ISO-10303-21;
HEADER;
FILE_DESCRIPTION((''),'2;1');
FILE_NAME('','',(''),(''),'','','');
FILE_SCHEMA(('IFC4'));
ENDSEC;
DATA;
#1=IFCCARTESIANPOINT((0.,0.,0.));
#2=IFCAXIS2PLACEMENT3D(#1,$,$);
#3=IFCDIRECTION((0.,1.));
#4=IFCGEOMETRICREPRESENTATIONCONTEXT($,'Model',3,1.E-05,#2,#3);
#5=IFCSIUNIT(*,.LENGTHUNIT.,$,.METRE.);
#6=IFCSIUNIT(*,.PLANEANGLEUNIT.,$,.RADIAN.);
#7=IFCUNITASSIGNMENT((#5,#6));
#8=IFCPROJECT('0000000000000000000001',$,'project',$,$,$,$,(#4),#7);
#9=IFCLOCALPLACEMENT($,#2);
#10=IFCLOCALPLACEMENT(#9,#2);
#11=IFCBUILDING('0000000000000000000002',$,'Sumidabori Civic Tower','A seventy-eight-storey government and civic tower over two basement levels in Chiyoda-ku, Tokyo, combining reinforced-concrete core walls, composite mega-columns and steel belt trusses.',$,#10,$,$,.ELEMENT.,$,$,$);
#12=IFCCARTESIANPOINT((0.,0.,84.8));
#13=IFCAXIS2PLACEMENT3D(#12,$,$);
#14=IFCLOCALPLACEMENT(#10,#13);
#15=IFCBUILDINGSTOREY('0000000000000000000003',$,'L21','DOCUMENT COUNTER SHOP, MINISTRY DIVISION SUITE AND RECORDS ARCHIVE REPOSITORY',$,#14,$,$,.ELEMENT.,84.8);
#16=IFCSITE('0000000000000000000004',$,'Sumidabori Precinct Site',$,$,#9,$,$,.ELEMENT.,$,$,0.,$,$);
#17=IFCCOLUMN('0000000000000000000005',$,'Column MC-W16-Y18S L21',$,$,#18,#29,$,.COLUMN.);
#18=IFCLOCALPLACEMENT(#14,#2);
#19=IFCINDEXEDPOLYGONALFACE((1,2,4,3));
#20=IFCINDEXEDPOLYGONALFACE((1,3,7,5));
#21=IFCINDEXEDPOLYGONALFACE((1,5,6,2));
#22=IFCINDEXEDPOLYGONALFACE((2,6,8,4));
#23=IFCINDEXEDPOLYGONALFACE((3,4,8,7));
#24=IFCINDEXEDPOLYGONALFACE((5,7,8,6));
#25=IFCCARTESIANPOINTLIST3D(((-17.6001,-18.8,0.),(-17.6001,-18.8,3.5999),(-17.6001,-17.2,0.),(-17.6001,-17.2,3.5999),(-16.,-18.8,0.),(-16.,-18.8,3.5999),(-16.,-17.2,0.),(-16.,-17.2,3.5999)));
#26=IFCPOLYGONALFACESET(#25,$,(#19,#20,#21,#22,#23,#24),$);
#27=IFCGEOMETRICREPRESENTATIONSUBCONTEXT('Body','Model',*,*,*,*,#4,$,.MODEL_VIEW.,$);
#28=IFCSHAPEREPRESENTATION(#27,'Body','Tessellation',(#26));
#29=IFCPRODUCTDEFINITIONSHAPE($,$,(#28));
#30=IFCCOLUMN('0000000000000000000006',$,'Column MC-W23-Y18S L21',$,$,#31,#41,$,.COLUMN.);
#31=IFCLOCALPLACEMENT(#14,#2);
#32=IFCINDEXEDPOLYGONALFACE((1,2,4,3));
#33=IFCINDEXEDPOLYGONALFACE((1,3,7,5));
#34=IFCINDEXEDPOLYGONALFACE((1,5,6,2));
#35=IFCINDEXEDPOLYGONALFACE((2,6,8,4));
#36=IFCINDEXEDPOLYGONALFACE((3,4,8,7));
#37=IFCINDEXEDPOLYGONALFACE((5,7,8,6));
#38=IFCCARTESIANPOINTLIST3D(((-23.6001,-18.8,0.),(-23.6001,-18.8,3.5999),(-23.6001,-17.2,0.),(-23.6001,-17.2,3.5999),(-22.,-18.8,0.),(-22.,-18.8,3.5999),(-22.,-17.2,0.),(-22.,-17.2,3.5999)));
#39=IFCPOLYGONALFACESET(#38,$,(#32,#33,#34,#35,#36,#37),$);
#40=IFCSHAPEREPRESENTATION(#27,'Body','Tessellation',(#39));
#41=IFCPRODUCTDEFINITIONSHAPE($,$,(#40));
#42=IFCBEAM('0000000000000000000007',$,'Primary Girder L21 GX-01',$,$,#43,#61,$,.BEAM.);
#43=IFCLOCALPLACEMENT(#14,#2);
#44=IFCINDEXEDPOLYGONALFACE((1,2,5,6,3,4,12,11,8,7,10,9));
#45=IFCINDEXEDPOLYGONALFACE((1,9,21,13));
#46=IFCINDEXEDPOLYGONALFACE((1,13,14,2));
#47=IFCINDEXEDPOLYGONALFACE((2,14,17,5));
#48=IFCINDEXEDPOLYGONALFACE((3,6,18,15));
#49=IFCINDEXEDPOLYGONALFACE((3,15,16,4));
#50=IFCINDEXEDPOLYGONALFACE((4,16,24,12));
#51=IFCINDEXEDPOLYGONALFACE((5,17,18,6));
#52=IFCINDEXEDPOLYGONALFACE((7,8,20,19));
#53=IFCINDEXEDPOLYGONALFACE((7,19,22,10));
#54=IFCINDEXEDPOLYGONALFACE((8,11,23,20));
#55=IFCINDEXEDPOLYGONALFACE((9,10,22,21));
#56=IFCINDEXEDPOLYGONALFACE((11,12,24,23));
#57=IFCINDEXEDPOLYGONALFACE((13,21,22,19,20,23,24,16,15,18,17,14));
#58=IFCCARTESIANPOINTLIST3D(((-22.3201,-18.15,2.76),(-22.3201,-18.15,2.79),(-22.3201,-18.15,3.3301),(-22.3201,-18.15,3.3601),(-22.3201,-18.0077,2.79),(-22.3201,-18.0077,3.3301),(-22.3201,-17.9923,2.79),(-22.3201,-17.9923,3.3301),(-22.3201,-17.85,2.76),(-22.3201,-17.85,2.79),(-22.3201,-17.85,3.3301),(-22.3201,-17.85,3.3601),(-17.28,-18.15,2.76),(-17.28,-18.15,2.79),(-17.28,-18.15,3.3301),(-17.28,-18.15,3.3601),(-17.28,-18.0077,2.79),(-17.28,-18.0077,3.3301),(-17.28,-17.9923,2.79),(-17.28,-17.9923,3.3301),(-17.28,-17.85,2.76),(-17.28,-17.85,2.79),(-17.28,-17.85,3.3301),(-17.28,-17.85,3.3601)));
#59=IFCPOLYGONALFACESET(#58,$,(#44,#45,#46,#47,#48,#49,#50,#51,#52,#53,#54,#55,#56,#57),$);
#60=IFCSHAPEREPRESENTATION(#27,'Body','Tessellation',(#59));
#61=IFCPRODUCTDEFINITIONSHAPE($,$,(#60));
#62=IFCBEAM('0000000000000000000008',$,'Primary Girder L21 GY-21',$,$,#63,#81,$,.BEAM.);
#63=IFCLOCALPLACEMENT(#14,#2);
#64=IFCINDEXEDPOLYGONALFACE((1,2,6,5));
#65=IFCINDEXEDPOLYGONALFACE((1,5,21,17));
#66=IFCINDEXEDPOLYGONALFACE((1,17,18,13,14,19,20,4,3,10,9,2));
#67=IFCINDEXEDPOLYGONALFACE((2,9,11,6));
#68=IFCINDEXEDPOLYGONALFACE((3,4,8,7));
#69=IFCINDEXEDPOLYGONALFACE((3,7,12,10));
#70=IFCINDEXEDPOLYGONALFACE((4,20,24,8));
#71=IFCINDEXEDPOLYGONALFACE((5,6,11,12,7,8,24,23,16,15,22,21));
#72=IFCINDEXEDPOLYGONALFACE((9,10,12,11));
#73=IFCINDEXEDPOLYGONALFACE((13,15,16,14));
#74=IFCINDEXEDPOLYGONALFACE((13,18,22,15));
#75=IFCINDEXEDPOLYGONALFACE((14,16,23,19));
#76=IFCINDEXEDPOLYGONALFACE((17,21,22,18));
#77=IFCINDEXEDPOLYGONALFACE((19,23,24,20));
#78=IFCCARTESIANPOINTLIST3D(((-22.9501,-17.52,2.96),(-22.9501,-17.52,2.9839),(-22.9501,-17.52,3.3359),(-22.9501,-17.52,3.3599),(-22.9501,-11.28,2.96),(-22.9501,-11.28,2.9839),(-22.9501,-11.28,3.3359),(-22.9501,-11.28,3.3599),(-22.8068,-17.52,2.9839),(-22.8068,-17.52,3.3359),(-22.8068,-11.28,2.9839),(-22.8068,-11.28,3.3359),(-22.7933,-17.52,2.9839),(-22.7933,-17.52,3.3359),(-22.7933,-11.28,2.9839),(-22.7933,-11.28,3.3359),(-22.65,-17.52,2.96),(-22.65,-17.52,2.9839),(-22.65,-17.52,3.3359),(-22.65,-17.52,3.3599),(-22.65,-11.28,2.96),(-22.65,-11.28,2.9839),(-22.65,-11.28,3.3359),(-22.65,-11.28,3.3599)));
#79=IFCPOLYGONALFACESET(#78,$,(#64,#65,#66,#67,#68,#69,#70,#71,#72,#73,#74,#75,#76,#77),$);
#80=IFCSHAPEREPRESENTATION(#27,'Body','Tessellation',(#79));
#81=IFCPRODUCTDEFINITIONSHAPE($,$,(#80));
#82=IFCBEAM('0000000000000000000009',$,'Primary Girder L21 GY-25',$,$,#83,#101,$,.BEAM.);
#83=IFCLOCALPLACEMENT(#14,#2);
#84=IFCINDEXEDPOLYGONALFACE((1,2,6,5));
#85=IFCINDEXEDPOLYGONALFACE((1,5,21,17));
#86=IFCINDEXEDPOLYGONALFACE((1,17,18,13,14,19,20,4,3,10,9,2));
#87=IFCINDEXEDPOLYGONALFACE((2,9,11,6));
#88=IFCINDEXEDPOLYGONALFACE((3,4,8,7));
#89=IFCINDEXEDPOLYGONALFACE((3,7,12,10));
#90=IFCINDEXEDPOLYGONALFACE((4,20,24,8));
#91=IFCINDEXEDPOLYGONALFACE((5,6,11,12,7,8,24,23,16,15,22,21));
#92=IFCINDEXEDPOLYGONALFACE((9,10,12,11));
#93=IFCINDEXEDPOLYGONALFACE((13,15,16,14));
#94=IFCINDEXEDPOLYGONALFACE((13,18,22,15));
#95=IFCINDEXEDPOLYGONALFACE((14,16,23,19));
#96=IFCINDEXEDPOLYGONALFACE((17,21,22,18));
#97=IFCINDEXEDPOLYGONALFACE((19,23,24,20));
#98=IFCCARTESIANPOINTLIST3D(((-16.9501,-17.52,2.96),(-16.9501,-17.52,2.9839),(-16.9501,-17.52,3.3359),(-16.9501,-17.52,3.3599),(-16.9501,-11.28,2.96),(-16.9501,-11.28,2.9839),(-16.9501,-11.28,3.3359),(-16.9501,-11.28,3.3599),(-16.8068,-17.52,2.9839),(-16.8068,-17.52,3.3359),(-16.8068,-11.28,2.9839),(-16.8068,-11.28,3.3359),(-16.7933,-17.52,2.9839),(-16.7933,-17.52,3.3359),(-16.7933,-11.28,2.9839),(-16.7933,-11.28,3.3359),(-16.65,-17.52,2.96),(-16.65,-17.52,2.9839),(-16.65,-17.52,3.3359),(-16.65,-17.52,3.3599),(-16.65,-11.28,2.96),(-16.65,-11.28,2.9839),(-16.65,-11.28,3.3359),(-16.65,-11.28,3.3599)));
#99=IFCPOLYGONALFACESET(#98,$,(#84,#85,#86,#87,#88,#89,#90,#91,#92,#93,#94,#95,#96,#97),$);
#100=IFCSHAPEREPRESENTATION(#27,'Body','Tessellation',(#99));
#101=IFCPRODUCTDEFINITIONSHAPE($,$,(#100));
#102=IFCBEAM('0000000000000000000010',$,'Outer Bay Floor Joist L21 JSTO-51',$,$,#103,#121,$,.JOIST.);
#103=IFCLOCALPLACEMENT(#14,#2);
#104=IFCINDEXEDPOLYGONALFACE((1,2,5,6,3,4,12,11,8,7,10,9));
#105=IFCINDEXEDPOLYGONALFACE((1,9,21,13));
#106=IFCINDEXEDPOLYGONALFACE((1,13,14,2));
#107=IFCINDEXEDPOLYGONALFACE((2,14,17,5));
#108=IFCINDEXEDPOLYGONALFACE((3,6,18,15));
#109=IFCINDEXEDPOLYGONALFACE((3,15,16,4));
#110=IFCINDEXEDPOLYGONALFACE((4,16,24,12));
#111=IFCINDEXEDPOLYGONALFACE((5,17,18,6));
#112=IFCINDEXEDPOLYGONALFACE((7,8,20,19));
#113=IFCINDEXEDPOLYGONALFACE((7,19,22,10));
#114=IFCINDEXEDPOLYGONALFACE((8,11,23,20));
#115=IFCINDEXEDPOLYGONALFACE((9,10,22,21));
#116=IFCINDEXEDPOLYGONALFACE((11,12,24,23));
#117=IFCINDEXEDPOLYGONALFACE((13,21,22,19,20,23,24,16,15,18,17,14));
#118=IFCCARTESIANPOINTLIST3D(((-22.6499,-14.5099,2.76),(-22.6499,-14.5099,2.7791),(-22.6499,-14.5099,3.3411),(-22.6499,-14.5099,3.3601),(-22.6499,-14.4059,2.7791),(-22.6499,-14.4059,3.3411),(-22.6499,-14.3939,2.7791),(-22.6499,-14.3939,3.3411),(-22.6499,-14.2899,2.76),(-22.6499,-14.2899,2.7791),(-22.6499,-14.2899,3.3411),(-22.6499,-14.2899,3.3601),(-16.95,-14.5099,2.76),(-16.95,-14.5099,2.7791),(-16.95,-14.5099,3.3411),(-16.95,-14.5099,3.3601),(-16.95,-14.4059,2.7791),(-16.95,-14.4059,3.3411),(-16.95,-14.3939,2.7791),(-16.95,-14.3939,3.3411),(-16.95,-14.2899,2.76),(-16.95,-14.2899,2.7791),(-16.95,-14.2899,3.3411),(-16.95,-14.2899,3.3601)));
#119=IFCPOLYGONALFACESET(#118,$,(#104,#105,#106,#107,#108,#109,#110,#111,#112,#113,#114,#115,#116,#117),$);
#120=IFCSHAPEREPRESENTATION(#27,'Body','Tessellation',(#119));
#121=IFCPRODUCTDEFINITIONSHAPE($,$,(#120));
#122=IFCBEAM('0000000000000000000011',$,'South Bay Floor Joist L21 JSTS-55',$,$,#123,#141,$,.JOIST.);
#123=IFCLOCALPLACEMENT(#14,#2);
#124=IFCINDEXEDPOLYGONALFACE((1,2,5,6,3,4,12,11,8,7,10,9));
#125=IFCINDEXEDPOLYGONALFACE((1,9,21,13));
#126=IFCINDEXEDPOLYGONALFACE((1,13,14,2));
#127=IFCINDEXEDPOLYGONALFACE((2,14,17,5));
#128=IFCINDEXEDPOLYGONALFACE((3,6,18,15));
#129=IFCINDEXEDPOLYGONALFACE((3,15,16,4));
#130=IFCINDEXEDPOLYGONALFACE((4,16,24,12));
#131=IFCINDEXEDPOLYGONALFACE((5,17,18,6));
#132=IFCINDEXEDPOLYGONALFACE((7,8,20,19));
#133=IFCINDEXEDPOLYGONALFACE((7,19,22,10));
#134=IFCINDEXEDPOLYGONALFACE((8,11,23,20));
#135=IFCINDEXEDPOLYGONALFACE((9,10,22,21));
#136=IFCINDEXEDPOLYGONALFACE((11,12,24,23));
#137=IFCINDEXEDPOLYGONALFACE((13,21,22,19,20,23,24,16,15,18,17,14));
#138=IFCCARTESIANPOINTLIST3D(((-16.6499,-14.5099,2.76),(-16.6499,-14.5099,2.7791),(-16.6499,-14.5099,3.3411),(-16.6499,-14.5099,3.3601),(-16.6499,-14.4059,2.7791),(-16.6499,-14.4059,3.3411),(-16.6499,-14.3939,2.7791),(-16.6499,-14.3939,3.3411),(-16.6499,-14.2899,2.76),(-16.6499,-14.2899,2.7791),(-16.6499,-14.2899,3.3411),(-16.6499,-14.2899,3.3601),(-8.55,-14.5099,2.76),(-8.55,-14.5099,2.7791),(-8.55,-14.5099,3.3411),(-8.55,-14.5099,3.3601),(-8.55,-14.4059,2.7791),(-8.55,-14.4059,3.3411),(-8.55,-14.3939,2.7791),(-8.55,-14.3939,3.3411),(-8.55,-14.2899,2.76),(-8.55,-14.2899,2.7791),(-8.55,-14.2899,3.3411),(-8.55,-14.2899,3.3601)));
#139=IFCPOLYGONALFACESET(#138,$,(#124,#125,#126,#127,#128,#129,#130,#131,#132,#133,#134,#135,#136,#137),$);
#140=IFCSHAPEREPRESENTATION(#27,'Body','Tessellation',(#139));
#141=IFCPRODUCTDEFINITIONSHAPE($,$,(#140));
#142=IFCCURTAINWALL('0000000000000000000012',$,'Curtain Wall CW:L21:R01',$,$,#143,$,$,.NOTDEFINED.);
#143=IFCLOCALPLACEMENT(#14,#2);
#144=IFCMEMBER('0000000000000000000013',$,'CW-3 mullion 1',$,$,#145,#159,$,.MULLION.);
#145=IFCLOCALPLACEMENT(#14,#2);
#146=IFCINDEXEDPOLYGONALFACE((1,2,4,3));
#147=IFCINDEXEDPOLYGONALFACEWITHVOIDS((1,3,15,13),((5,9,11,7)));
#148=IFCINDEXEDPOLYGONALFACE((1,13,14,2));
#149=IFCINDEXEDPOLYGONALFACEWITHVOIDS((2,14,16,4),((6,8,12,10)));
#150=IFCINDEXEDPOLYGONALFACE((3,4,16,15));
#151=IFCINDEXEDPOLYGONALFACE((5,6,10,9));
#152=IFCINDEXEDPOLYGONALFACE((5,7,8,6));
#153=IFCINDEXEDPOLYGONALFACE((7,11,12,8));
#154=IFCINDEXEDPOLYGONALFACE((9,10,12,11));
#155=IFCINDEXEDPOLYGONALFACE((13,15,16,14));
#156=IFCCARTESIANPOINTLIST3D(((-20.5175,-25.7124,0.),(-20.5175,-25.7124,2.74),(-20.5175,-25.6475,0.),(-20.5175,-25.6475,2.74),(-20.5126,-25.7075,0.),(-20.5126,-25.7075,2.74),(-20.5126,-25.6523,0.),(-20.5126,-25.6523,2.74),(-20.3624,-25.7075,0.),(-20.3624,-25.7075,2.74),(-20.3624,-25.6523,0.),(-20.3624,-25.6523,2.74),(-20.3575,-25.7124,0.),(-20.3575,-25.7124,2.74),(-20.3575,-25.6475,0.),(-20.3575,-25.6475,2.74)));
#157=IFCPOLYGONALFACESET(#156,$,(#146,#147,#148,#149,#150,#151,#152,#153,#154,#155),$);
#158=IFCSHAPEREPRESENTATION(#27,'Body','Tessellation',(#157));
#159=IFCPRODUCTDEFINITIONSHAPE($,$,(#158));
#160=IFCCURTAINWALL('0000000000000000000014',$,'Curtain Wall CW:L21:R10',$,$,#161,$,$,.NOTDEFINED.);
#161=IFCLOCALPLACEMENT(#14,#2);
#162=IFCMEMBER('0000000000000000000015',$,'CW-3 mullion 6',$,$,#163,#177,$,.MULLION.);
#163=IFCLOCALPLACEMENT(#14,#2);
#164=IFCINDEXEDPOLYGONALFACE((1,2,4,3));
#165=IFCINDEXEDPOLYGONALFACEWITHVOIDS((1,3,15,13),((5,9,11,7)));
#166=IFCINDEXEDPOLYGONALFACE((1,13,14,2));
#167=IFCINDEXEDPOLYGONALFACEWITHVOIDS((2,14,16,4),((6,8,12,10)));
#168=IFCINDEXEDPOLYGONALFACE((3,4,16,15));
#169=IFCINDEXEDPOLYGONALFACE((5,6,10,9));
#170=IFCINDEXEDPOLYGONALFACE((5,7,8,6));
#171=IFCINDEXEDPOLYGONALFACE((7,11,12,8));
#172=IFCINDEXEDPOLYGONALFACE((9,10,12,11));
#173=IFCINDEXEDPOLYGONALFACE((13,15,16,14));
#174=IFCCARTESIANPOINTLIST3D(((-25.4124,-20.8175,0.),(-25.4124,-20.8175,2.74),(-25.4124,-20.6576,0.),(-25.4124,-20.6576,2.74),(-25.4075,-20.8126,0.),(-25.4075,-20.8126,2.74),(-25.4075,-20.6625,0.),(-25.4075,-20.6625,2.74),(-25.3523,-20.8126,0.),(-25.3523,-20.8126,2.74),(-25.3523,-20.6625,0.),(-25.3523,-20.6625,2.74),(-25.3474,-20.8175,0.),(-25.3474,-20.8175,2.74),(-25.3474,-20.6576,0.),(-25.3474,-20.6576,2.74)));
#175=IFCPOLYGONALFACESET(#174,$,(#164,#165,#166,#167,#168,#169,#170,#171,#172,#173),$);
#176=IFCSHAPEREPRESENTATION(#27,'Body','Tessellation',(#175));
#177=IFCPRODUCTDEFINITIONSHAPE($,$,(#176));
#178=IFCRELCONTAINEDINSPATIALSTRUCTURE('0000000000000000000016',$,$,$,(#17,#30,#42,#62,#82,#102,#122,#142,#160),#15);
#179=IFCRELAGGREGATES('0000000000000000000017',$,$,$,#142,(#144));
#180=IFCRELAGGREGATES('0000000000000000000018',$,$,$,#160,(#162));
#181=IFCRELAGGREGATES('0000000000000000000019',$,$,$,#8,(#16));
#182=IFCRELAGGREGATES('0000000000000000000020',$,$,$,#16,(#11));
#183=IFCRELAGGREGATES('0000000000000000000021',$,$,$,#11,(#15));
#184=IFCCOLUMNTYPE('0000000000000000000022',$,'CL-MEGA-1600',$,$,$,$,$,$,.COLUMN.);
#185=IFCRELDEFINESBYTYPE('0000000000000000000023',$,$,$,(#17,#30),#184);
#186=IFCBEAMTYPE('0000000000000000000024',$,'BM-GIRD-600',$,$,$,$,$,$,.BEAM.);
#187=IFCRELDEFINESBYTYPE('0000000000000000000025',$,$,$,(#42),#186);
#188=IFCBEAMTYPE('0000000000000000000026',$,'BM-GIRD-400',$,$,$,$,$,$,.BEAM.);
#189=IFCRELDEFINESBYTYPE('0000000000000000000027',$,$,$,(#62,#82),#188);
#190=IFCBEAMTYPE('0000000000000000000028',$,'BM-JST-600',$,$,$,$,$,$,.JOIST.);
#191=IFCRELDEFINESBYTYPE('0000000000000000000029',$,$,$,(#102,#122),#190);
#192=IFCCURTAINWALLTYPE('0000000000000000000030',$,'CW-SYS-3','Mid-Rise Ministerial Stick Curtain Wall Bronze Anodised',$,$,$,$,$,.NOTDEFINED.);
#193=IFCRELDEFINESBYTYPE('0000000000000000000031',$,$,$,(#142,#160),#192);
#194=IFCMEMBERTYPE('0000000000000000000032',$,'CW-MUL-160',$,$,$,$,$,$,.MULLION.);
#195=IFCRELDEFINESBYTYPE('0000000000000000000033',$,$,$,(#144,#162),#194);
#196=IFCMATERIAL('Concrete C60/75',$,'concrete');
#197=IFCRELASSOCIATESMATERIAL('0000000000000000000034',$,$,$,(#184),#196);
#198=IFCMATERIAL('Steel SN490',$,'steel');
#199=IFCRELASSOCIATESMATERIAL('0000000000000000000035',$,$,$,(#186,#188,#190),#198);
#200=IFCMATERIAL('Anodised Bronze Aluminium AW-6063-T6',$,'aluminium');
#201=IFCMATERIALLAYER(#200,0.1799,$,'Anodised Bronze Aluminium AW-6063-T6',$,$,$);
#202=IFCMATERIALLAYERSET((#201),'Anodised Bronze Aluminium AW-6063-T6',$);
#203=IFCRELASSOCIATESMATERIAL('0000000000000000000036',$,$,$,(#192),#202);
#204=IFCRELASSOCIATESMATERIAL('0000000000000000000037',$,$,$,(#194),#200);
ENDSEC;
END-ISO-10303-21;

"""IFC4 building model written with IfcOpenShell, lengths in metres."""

from ifc_helpers import new_model, si_unit, direction, frame, origin, origin_2d, place, context, subcontext, project, spatial, rectangle, hollow_rectangle, i_section, extrude, source, transform, mapped, material, layer, layer_set, material_profile, profile_set, type_object, element, aggregate, save


model = new_model("IFC4")

# Units and contexts
model_context = context("Model", 3, precision=1e-05, world=origin(), true_north=direction((0.0, 1.0)))
body_context = subcontext(model_context, "Body", "Model", "MODEL_VIEW")
ifc_project = project(units=[si_unit("LENGTHUNIT", "METRE"), si_unit("PLANEANGLEUNIT", "RADIAN")], contexts=[model_context])

# Site, building, storey
site_placement = place(None, origin())
site = spatial("IfcSite", under=ifc_project, at=site_placement, Name="Sumidabori Precinct Site", CompositionType="ELEMENT", RefElevation=0.0)
building_placement = place(site_placement, origin())
building = spatial("IfcBuilding", under=site, at=building_placement, Name="Sumidabori Civic Tower", Description="A seventy-eight-storey government and civic tower over two basement levels in Chiyoda-ku, Tokyo, combining reinforced-concrete core walls, composite mega-columns and steel belt trusses.", CompositionType="ELEMENT")
storey_placement = place(building_placement, frame((0.0, 0.0, 84.8)))
storey = spatial("IfcBuildingStorey", under=building, at=storey_placement, Name="L21", Description="DOCUMENT COUNTER SHOP, MINISTRY DIVISION SUITE AND RECORDS ARCHIVE REPOSITORY", CompositionType="ELEMENT", Elevation=84.8)

# Columns
ifc_material_1 = material(Name="Concrete C60/75", Category="concrete")
ifc_material_profile_1 = material_profile(ifc_material_1, rectangle(XDim=1.6001, YDim=1.6001, at=origin_2d()), Name="RC 1600x1600")
ifc_profile_set_1 = profile_set([ifc_material_profile_1], Name="Concrete C60/75")
column_type = type_object("IfcColumnType", Name="CL-MEGA-1600", PredefinedType="COLUMN", material=ifc_profile_set_1)
shared_shape_1 = source(origin(), body_context, "Body", "SweptSolid", [
    extrude(rectangle(XDim=1.6001, YDim=1.6001, at=origin_2d()), origin(), (0.0, 0.0, 1.0), 3.5999),
])
for number, where, z_axis, x_axis, name in (
    (1, (-16.8, -18.0, 0.0), (0.0, 0.0, 1.0), (1.0, 0.0, 0.0), "Column MC-W16-Y18S L21"),
    (2, (-22.8, -18.0, 0.0), (0.0, 0.0, 1.0), (1.0, 0.0, 0.0), "Column MC-W23-Y18S L21"),
):
    element("IfcColumn", number, at=place(storey_placement, frame(where, z_axis=z_axis, x_axis=x_axis)), inside=storey, type_object=column_type, Name=name, PredefinedType="COLUMN", context=body_context, shape_type="MappedRepresentation", body=[
        mapped(shared_shape_1, transform((0.0, 0.0, 0.0), x_axis=(1.0, 0.0, 0.0), y_axis=(0.0, 1.0, 0.0), z_axis=(0.0, 0.0, 1.0), scale=1.0)),
    ])

# Beams
ifc_material_2 = material(Name="Steel SN490", Category="steel")
ifc_material_profile_2 = material_profile(ifc_material_2, i_section(OverallWidth=0.3, OverallDepth=0.6001, WebThickness=0.0154, FlangeThickness=0.03, at=origin_2d()), Name="HE 600 B")
ifc_profile_set_2 = profile_set([ifc_material_profile_2], Name="Steel SN490")
beam_type_1 = type_object("IfcBeamType", Name="BM-GIRD-600", PredefinedType="BEAM", material=ifc_profile_set_2)
shared_shape_2 = source(origin(), body_context, "Body", "SweptSolid", [
    extrude(i_section(OverallWidth=0.3, OverallDepth=0.6001, WebThickness=0.0154, FlangeThickness=0.03, at=origin_2d()), origin(), (0.0, 0.0, 1.0), 5.04),
])
beam_1_placement = place(storey_placement, frame((-22.3201, -18.0, 3.0601), z_axis=(1.0, 0.0, 0.0), x_axis=(0.0, 1.0, 0.0)))
element("IfcBeam", 3, at=beam_1_placement, inside=storey, type_object=beam_type_1, Name="Primary Girder L21 GX-01", PredefinedType="BEAM", context=body_context, shape_type="MappedRepresentation", body=[
    mapped(shared_shape_2, transform((0.0, 0.0, 0.0), x_axis=(1.0, 0.0, 0.0), y_axis=(0.0, 1.0, 0.0), z_axis=(0.0, 0.0, 1.0), scale=1.0)),
])
ifc_material_profile_3 = material_profile(ifc_material_2, i_section(OverallWidth=0.3, OverallDepth=0.3999, WebThickness=0.0134, FlangeThickness=0.0239, at=origin_2d()), Name="HE 400 B")
ifc_profile_set_3 = profile_set([ifc_material_profile_3], Name="Steel SN490")
beam_type_2 = type_object("IfcBeamType", Name="BM-GIRD-400", PredefinedType="BEAM", material=ifc_profile_set_3)
shared_shape_3 = source(origin(), body_context, "Body", "SweptSolid", [
    extrude(i_section(OverallWidth=0.3, OverallDepth=0.3999, WebThickness=0.0134, FlangeThickness=0.0239, at=origin_2d()), origin(), (0.0, 0.0, 1.0), 6.24),
])
for number, where, z_axis, x_axis, name in (
    (4, (-22.8, -17.52, 3.1599), (0.0, 1.0, 0.0), (-1.0, 0.0, 0.0), "Primary Girder L21 GY-21"),
    (5, (-16.8, -17.52, 3.1599), (0.0, 1.0, 0.0), (-1.0, 0.0, 0.0), "Primary Girder L21 GY-25"),
):
    element("IfcBeam", number, at=place(storey_placement, frame(where, z_axis=z_axis, x_axis=x_axis)), inside=storey, type_object=beam_type_2, Name=name, PredefinedType="BEAM", context=body_context, shape_type="MappedRepresentation", body=[
        mapped(shared_shape_3, transform((0.0, 0.0, 0.0), x_axis=(1.0, 0.0, 0.0), y_axis=(0.0, 1.0, 0.0), z_axis=(0.0, 0.0, 1.0), scale=1.0)),
    ])
ifc_material_profile_4 = material_profile(ifc_material_2, i_section(OverallWidth=0.22, OverallDepth=0.6001, WebThickness=0.012, FlangeThickness=0.019, at=origin_2d()), Name="IPE 600")
ifc_profile_set_4 = profile_set([ifc_material_profile_4], Name="Steel SN490")
beam_type_3 = type_object("IfcBeamType", Name="BM-JST-600", PredefinedType="JOIST", material=ifc_profile_set_4)
shared_shape_4 = source(origin(), body_context, "Body", "SweptSolid", [
    extrude(i_section(OverallWidth=0.22, OverallDepth=0.6001, WebThickness=0.012, FlangeThickness=0.019, at=origin_2d()), origin(), (0.0, 0.0, 1.0), 5.7),
])
beam_2_placement = place(storey_placement, frame((-22.6499, -14.3999, 3.0601), z_axis=(1.0, 0.0, 0.0), x_axis=(0.0, 1.0, 0.0)))
element("IfcBeam", 6, at=beam_2_placement, inside=storey, type_object=beam_type_3, Name="Outer Bay Floor Joist L21 JSTO-51", PredefinedType="JOIST", context=body_context, shape_type="MappedRepresentation", body=[
    mapped(shared_shape_4, transform((0.0, 0.0, 0.0), x_axis=(1.0, 0.0, 0.0), y_axis=(0.0, 1.0, 0.0), z_axis=(0.0, 0.0, 1.0), scale=1.0)),
])
shared_shape_5 = source(origin(), body_context, "Body", "SweptSolid", [
    extrude(i_section(OverallWidth=0.22, OverallDepth=0.6001, WebThickness=0.012, FlangeThickness=0.019, at=origin_2d()), origin(), (0.0, 0.0, 1.0), 8.0999),
])
beam_3_placement = place(storey_placement, frame((-16.6499, -14.3999, 3.0601), z_axis=(1.0, 0.0, 0.0), x_axis=(0.0, 1.0, 0.0)))
element("IfcBeam", 7, at=beam_3_placement, inside=storey, type_object=beam_type_3, Name="South Bay Floor Joist L21 JSTS-55", PredefinedType="JOIST", context=body_context, shape_type="MappedRepresentation", body=[
    mapped(shared_shape_5, transform((0.0, 0.0, 0.0), x_axis=(1.0, 0.0, 0.0), y_axis=(0.0, 1.0, 0.0), z_axis=(0.0, 0.0, 1.0), scale=1.0)),
])

# Curtain walls, members
ifc_material_3 = material(Name="Anodised Bronze Aluminium AW-6063-T6", Category="aluminium")
ifc_layer_1 = layer(ifc_material_3, 0.1799, Name="Anodised Bronze Aluminium AW-6063-T6")
ifc_layer_set_1 = layer_set([ifc_layer_1], Name="Anodised Bronze Aluminium AW-6063-T6")
curtain_wall_type = type_object("IfcCurtainWallType", Name="CW-SYS-3", Description="Mid-Rise Ministerial Stick Curtain Wall Bronze Anodised", PredefinedType="NOTDEFINED", material=ifc_layer_set_1)
curtain_wall_1_placement = place(storey_placement, origin())
curtain_wall_1 = element("IfcCurtainWall", 8, at=curtain_wall_1_placement, inside=storey, type_object=curtain_wall_type, Name="Curtain Wall CW:L21:R01", PredefinedType="NOTDEFINED")
ifc_material_profile_5 = material_profile(ifc_material_3, hollow_rectangle(XDim=0.0649, YDim=0.1599, WallThickness=0.0049, at=origin_2d()), Name="ALU MULLION 160x65")
ifc_profile_set_5 = profile_set([ifc_material_profile_5], Name="Anodised Bronze Aluminium AW-6063-T6")
member_type_1 = type_object("IfcMemberType", Name="CW-MUL-160", PredefinedType="MULLION", material=ifc_profile_set_5)
shared_shape_6 = source(origin(), body_context, "Body", "SweptSolid", [
    extrude(hollow_rectangle(XDim=0.0649, YDim=0.1599, WallThickness=0.0049, at=origin_2d()), origin(), (0.0, 0.0, 1.0), 2.74),
])
member_1_placement = place(storey_placement, frame((-20.4375, -25.6799, 0.0), z_axis=(0.0, 0.0, 1.0), x_axis=(0.0, 1.0, 0.0)))
member_1 = element("IfcMember", 9, at=member_1_placement, type_object=member_type_1, Name="CW-3 mullion 1", PredefinedType="MULLION", context=body_context, shape_type="MappedRepresentation", body=[
    mapped(shared_shape_6, transform((0.0, 0.0, 0.0), x_axis=(1.0, 0.0, 0.0), y_axis=(0.0, 1.0, 0.0), z_axis=(0.0, 0.0, 1.0), scale=1.0)),
])
curtain_wall_2_placement = place(storey_placement, origin())
curtain_wall_2 = element("IfcCurtainWall", 10, at=curtain_wall_2_placement, inside=storey, type_object=curtain_wall_type, Name="Curtain Wall CW:L21:R10", PredefinedType="NOTDEFINED")
member_2_placement = place(storey_placement, frame((-25.3799, -20.7375, 0.0), z_axis=(0.0, 0.0, 1.0), x_axis=(1.0, 0.0, 0.0)))
member_2 = element("IfcMember", 11, at=member_2_placement, type_object=member_type_1, Name="CW-3 mullion 6", PredefinedType="MULLION", context=body_context, shape_type="MappedRepresentation", body=[
    mapped(shared_shape_6, transform((0.0, 0.0, 0.0), x_axis=(1.0, 0.0, 0.0), y_axis=(0.0, 1.0, 0.0), z_axis=(0.0, 0.0, 1.0), scale=1.0)),
])

aggregate(curtain_wall_1, [member_1])
aggregate(curtain_wall_2, [member_2])

save(model, "model.ifc")
